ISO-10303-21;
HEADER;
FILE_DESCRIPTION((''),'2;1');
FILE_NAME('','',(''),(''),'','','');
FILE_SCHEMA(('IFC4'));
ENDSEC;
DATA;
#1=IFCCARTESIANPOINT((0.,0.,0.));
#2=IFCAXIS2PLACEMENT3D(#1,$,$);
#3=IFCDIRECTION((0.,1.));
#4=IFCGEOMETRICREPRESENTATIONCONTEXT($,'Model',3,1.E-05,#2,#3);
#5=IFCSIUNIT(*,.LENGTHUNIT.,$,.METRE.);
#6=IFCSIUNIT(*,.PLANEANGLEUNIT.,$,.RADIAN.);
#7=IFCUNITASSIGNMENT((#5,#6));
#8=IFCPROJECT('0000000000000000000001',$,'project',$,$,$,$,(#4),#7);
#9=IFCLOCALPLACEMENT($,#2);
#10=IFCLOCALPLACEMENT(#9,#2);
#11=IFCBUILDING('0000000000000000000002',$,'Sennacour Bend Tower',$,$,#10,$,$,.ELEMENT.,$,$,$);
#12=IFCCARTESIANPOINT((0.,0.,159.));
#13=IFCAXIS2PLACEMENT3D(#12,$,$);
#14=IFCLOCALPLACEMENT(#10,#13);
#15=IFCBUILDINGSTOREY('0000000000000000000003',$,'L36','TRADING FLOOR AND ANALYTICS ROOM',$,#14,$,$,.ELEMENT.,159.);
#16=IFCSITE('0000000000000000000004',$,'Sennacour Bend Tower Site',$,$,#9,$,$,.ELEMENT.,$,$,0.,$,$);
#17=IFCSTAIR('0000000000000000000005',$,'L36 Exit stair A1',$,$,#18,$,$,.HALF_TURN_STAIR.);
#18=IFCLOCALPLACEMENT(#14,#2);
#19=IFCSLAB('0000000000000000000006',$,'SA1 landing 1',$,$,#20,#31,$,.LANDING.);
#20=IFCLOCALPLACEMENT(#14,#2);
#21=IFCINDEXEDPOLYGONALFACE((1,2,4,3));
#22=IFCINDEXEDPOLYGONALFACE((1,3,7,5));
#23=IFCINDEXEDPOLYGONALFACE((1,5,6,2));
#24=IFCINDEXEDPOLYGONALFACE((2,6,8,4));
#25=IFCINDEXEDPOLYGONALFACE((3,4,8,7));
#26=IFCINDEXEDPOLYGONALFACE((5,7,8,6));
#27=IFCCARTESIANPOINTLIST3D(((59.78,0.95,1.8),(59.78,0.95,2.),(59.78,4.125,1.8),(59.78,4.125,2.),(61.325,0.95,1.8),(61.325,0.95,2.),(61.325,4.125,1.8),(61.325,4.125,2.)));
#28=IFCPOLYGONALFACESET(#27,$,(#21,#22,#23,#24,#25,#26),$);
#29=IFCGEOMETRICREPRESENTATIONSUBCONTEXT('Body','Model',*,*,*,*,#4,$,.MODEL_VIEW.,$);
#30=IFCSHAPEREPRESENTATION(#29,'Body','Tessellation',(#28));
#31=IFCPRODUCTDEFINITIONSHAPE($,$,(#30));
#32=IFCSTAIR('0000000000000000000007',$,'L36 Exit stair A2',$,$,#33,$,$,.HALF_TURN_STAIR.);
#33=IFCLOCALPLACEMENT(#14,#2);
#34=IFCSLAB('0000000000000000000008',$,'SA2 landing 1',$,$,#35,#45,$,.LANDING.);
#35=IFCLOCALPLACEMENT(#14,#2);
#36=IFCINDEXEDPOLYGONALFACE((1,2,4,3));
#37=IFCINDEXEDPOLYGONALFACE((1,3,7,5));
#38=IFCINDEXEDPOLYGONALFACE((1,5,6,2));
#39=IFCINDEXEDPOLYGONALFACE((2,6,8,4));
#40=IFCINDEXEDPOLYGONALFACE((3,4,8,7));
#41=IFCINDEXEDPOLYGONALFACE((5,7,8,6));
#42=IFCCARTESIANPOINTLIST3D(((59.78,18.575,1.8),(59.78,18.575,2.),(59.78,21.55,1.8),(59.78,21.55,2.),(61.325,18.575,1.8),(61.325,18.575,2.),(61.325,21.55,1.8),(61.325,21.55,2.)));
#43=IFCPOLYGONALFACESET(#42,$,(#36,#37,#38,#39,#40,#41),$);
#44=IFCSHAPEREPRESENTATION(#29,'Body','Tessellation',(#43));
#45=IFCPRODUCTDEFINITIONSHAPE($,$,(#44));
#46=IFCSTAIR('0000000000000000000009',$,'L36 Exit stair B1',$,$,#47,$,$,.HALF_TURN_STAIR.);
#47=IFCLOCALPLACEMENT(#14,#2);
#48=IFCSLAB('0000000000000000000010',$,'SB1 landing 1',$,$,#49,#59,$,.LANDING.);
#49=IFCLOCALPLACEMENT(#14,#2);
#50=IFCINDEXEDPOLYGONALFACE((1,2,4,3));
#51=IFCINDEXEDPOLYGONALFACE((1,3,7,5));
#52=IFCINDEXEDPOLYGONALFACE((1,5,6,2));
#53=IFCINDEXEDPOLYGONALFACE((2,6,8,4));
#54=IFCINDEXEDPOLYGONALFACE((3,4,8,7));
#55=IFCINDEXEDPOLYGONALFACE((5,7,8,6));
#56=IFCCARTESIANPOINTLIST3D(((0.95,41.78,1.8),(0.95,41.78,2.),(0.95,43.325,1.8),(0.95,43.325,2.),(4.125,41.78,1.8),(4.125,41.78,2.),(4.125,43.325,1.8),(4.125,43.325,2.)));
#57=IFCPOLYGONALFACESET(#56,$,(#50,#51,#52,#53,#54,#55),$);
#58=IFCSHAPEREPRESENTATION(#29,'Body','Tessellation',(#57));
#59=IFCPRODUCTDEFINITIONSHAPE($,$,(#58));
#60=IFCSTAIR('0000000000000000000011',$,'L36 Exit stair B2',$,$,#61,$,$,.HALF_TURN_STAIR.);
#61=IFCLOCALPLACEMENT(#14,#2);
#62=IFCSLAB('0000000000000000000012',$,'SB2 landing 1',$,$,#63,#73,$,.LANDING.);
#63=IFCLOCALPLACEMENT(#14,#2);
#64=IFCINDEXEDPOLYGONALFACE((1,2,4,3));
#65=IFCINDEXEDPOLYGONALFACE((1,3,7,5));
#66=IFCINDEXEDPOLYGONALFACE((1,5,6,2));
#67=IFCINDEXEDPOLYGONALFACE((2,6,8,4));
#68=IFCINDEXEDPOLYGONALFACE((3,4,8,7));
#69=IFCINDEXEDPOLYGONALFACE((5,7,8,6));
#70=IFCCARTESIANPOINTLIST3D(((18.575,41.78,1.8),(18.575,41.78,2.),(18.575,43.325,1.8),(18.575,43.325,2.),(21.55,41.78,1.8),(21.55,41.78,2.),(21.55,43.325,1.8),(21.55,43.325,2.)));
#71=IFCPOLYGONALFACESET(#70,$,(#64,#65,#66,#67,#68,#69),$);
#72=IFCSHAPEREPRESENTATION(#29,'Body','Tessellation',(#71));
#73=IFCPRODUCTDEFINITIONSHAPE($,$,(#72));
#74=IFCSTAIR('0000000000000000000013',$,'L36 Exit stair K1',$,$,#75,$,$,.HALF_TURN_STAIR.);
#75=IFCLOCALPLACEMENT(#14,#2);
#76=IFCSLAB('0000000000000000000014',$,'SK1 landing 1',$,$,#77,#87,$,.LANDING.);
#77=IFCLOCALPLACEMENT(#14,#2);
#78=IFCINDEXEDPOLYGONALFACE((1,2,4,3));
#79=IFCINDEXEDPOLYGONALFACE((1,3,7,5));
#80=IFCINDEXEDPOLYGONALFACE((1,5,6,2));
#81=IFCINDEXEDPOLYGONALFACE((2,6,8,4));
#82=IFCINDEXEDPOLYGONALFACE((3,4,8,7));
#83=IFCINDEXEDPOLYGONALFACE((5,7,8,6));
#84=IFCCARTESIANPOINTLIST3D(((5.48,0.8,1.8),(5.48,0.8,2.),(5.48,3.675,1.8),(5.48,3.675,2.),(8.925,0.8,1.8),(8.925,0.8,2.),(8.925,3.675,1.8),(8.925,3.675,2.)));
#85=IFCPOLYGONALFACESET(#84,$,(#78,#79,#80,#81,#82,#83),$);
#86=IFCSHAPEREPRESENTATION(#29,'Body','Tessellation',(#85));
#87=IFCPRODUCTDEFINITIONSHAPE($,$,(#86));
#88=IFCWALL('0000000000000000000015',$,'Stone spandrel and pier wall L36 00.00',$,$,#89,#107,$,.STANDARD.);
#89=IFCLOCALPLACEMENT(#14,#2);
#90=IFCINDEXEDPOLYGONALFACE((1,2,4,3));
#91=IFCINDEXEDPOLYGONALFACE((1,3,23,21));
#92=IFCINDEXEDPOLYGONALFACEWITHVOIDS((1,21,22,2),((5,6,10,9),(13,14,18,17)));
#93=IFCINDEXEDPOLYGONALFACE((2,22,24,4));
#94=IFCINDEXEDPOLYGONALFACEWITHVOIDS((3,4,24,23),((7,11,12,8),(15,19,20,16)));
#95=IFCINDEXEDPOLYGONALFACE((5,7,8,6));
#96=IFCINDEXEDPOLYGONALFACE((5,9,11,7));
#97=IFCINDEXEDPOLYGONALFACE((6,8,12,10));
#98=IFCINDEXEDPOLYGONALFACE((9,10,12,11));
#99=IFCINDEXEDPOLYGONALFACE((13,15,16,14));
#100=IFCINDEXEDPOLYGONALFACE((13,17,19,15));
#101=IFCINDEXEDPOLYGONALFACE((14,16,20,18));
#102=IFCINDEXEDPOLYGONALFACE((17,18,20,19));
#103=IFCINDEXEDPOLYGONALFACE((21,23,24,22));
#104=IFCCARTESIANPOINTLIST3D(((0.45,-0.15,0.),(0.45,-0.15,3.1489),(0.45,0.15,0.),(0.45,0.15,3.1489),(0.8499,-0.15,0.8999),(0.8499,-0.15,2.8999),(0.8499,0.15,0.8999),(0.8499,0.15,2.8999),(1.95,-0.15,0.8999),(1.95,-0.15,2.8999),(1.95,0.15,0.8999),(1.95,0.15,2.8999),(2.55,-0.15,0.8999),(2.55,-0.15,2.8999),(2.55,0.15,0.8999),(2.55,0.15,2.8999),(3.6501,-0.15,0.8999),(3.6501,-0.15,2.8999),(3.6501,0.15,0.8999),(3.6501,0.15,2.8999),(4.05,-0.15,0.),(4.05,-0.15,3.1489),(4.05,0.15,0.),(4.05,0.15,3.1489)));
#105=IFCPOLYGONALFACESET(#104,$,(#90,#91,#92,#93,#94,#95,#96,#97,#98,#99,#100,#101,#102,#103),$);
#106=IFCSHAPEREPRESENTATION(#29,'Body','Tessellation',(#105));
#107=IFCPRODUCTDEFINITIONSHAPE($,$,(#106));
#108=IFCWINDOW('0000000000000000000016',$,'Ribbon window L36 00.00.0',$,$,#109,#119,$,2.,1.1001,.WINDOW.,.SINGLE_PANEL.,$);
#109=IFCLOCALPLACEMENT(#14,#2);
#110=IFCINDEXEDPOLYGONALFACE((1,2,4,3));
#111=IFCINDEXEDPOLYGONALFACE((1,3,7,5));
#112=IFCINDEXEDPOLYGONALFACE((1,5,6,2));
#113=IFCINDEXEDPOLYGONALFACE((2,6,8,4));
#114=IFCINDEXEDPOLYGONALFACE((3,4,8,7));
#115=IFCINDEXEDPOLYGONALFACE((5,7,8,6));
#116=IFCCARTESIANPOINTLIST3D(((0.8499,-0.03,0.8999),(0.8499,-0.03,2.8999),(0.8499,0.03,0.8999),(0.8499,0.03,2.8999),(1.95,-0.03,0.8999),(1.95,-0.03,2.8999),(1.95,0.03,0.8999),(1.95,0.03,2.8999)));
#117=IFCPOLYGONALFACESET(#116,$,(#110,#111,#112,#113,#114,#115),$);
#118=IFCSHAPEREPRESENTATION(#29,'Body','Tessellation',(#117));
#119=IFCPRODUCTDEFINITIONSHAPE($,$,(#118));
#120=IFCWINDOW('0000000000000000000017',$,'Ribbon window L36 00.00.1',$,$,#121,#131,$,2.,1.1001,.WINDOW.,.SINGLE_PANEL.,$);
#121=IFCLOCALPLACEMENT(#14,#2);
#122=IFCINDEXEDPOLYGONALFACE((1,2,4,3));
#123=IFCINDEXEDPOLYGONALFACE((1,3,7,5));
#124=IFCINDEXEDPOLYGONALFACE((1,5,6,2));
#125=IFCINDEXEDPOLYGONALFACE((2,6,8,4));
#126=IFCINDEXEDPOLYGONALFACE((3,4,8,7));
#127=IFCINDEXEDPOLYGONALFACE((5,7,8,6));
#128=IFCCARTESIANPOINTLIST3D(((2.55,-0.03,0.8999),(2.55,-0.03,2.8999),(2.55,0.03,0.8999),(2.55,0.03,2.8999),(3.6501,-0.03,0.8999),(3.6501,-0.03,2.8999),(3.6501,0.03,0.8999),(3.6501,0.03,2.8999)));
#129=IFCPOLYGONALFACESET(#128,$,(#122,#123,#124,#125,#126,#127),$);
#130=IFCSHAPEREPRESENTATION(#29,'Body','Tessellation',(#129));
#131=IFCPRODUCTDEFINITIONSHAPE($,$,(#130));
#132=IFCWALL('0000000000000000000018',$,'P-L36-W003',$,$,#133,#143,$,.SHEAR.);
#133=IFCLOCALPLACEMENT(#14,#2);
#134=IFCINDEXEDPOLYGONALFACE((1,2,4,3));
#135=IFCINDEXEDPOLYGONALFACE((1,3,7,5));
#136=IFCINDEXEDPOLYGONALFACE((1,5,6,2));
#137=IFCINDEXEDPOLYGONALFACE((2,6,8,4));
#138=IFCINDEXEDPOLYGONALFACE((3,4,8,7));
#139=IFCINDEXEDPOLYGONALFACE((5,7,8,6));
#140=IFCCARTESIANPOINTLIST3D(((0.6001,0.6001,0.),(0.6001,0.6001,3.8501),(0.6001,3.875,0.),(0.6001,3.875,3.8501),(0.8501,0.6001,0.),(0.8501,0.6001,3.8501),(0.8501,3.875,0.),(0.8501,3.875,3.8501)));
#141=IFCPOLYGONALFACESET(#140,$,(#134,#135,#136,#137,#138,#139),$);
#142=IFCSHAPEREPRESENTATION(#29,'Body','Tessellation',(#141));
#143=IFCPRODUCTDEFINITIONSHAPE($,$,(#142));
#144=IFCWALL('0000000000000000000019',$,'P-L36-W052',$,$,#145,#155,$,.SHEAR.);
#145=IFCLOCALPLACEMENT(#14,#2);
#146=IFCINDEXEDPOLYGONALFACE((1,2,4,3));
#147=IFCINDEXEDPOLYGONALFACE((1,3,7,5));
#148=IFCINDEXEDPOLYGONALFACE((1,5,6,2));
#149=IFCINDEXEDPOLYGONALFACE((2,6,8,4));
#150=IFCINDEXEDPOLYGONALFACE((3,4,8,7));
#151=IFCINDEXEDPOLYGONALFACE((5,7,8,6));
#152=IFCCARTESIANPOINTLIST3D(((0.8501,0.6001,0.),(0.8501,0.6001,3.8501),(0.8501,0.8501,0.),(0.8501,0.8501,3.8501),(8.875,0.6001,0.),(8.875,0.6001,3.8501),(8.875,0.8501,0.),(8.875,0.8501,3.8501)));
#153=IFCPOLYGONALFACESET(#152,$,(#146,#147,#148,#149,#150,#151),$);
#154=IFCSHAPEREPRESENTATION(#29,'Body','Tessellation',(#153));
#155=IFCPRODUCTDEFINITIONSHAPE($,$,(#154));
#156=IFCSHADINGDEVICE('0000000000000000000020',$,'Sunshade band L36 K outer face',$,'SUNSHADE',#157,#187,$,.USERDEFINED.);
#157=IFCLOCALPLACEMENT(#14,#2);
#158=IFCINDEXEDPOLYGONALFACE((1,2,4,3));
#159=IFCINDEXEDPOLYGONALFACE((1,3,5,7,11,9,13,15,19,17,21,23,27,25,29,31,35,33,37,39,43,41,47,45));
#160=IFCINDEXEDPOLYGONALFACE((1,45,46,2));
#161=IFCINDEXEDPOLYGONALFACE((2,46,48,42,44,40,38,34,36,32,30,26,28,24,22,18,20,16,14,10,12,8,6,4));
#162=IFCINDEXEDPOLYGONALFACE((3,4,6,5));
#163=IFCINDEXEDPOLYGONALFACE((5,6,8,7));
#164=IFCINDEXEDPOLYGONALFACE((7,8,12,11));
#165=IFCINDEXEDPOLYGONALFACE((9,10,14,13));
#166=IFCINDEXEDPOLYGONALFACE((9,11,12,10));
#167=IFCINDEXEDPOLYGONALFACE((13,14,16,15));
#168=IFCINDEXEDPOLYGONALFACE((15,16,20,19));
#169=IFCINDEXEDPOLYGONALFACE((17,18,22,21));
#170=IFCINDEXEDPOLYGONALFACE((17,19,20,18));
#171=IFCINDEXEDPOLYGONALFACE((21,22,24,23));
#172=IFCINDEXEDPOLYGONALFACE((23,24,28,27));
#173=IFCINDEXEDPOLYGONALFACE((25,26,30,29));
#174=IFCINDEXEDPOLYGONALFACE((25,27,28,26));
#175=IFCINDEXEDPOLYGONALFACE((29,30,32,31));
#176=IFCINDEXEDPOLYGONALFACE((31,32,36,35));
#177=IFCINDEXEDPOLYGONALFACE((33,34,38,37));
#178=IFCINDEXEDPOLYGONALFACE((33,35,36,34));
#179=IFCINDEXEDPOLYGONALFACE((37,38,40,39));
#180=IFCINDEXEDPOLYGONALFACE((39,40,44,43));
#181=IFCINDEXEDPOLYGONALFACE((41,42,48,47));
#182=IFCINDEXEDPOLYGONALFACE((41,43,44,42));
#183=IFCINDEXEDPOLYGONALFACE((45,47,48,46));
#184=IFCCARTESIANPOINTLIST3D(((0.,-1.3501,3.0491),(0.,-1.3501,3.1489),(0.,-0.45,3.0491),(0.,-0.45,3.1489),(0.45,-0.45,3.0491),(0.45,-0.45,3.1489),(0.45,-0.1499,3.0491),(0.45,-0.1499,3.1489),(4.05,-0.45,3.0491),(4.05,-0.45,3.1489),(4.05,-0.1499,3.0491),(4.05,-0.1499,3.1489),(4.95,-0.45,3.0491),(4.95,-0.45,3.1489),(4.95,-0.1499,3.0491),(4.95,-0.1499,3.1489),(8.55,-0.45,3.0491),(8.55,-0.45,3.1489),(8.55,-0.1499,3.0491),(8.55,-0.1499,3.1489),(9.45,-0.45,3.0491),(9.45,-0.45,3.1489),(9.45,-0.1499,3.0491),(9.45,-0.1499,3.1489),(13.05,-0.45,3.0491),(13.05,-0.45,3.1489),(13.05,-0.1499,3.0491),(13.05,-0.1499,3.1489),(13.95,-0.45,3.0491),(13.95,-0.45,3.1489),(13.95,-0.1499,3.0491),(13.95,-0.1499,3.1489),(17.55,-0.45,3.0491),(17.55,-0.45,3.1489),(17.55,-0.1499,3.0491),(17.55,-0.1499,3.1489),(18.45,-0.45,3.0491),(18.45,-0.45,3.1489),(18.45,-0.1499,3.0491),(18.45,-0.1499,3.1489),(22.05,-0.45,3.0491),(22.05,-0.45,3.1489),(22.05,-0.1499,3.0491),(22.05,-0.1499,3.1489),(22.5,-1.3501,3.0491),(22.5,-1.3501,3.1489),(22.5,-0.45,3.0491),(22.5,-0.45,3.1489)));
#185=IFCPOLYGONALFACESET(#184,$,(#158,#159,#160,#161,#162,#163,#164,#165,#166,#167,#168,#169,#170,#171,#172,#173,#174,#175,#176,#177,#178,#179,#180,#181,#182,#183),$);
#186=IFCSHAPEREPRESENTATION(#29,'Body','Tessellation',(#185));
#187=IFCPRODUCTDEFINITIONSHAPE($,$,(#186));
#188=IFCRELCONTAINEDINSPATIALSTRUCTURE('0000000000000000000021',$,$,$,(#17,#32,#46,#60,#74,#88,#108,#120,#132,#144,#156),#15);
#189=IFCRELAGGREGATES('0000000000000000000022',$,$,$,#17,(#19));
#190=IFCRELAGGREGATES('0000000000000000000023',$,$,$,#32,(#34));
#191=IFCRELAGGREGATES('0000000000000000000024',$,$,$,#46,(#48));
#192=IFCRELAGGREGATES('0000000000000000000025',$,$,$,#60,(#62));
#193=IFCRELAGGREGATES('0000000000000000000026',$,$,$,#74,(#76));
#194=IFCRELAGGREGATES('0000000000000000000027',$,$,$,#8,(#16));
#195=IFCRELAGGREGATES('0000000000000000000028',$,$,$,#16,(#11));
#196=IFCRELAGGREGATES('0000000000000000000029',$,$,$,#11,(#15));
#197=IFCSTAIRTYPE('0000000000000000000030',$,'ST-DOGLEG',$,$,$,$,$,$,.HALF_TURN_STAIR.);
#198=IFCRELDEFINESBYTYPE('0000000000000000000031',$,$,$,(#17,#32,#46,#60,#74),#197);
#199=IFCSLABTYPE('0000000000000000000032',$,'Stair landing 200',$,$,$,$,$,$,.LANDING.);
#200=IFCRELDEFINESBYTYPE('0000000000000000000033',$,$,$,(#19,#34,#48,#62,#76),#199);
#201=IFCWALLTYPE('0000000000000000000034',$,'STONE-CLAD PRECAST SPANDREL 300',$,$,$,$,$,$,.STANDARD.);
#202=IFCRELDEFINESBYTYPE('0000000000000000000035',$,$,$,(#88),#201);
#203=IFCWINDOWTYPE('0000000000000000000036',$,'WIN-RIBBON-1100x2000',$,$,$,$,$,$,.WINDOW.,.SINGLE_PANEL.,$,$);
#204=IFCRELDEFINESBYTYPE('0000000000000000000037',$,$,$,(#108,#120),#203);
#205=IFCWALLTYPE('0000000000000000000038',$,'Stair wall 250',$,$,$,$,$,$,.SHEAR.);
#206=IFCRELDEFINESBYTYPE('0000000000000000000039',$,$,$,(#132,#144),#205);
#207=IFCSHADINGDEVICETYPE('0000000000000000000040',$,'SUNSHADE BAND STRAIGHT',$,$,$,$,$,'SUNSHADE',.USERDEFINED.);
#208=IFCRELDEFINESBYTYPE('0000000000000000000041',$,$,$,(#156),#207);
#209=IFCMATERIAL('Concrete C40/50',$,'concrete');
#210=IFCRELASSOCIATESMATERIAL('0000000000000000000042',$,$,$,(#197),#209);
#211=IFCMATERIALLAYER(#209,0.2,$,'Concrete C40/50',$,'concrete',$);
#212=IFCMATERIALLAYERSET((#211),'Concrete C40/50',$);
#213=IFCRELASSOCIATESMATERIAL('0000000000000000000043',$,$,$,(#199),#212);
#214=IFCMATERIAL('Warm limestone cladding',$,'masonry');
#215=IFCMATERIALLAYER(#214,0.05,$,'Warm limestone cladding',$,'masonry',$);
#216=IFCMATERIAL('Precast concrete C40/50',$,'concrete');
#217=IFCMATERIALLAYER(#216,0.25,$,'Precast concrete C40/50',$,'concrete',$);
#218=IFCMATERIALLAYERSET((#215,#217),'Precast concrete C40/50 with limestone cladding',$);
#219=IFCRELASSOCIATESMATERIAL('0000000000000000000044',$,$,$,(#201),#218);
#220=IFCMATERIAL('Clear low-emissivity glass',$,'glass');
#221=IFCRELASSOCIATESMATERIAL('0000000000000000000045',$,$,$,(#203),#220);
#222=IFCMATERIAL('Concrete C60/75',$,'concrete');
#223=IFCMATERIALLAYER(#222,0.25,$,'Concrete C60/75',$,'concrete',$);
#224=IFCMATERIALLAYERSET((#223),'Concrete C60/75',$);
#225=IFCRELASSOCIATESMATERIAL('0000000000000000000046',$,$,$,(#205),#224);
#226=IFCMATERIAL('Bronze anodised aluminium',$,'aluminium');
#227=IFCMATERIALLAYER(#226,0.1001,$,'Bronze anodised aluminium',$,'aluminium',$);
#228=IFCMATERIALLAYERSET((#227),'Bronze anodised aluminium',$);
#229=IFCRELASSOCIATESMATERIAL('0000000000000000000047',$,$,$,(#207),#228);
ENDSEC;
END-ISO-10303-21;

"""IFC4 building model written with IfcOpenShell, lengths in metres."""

from ifc_helpers import new_model, si_unit, direction, frame, frame_2d, origin, place, context, subcontext, project, spatial, polyline, rectangle, outline, extrude, material, layer, layer_set, type_object, element, fill, aggregate, save


model = new_model("IFC4")

# Units and contexts
model_context = context("Model", 3, precision=1e-05, world=origin(), true_north=direction((0.0, 1.0)))
body_context = subcontext(model_context, "Body", "Model", "MODEL_VIEW")
ifc_project = project(units=[si_unit("LENGTHUNIT", "METRE"), si_unit("PLANEANGLEUNIT", "RADIAN")], contexts=[model_context])

# Site, building, storey
site_placement = place(None, origin())
site = spatial("IfcSite", under=ifc_project, at=site_placement, Name="Sennacour Bend Tower Site", CompositionType="ELEMENT", RefElevation=0.0)
building_placement = place(site_placement, origin())
building = spatial("IfcBuilding", under=site, at=building_placement, Name="Sennacour Bend Tower", CompositionType="ELEMENT")
storey_placement = place(building_placement, frame((0.0, 0.0, 159.0)))
storey = spatial("IfcBuildingStorey", under=building, at=storey_placement, Name="L36", Description="TRADING FLOOR AND ANALYTICS ROOM", CompositionType="ELEMENT", Elevation=159.0)

# Shared definitions
ifc_material_1 = material(Name="Concrete C40/50", Category="concrete")

# Stairs, slabs
stair_type = type_object("IfcStairType", Name="ST-DOGLEG", PredefinedType="HALF_TURN_STAIR", material=ifc_material_1)
stair_1_placement = place(storey_placement, origin())
stair_1 = element("IfcStair", 1, at=stair_1_placement, inside=storey, type_object=stair_type, Name="L36 Exit stair A1", PredefinedType="HALF_TURN_STAIR")
ifc_layer_1 = layer(ifc_material_1, 0.2, Name="Concrete C40/50", Category="concrete")
ifc_layer_set_1 = layer_set([ifc_layer_1], Name="Concrete C40/50")
slab_type_1 = type_object("IfcSlabType", Name="Stair landing 200", PredefinedType="LANDING", material=ifc_layer_set_1)
slab_1_placement = place(storey_placement, frame((0.0, 0.0, 1.8)))
slab_1 = element("IfcSlab", 2, at=slab_1_placement, type_object=slab_type_1, Name="SA1 landing 1", PredefinedType="LANDING", context=body_context, shape_type="SweptSolid", body=[
    extrude(outline(polyline([(59.78, 0.95), (61.325, 0.95), (61.325, 4.125), (59.78, 4.125), (59.78, 0.95)])), origin(), (0.0, 0.0, 1.0), 0.2),
])
aggregate(stair_1, [slab_1])
stair_2_placement = place(storey_placement, origin())
stair_2 = element("IfcStair", 3, at=stair_2_placement, inside=storey, type_object=stair_type, Name="L36 Exit stair A2", PredefinedType="HALF_TURN_STAIR")
slab_2_placement = place(storey_placement, frame((0.0, 0.0, 1.8)))
slab_2 = element("IfcSlab", 4, at=slab_2_placement, type_object=slab_type_1, Name="SA2 landing 1", PredefinedType="LANDING", context=body_context, shape_type="SweptSolid", body=[
    extrude(outline(polyline([(59.78, 18.575), (61.325, 18.575), (61.325, 21.55), (59.78, 21.55), (59.78, 18.575)])), origin(), (0.0, 0.0, 1.0), 0.2),
])
aggregate(stair_2, [slab_2])
stair_3_placement = place(storey_placement, origin())
stair_3 = element("IfcStair", 5, at=stair_3_placement, inside=storey, type_object=stair_type, Name="L36 Exit stair B1", PredefinedType="HALF_TURN_STAIR")
slab_3_placement = place(storey_placement, frame((0.0, 0.0, 1.8)))
slab_3 = element("IfcSlab", 6, at=slab_3_placement, type_object=slab_type_1, Name="SB1 landing 1", PredefinedType="LANDING", context=body_context, shape_type="SweptSolid", body=[
    extrude(outline(polyline([(0.95, 41.78), (4.125, 41.78), (4.125, 43.325), (0.95, 43.325), (0.95, 41.78)])), origin(), (0.0, 0.0, 1.0), 0.2),
])
aggregate(stair_3, [slab_3])
stair_4_placement = place(storey_placement, origin())
stair_4 = element("IfcStair", 7, at=stair_4_placement, inside=storey, type_object=stair_type, Name="L36 Exit stair B2", PredefinedType="HALF_TURN_STAIR")
slab_4_placement = place(storey_placement, frame((0.0, 0.0, 1.8)))
slab_4 = element("IfcSlab", 8, at=slab_4_placement, type_object=slab_type_1, Name="SB2 landing 1", PredefinedType="LANDING", context=body_context, shape_type="SweptSolid", body=[
    extrude(outline(polyline([(18.575, 41.78), (21.55, 41.78), (21.55, 43.325), (18.575, 43.325), (18.575, 41.78)])), origin(), (0.0, 0.0, 1.0), 0.2),
])
aggregate(stair_4, [slab_4])
stair_5_placement = place(storey_placement, origin())
stair_5 = element("IfcStair", 9, at=stair_5_placement, inside=storey, type_object=stair_type, Name="L36 Exit stair K1", PredefinedType="HALF_TURN_STAIR")
slab_5_placement = place(storey_placement, frame((0.0, 0.0, 1.8)))
slab_5 = element("IfcSlab", 10, at=slab_5_placement, type_object=slab_type_1, Name="SK1 landing 1", PredefinedType="LANDING", context=body_context, shape_type="SweptSolid", body=[
    extrude(outline(polyline([(5.48, 0.8), (8.925, 0.8), (8.925, 3.675), (5.48, 3.675), (5.48, 0.8)])), origin(), (0.0, 0.0, 1.0), 0.2),
])
aggregate(stair_5, [slab_5])

# Wall, openings, windows
ifc_material_2 = material(Name="Warm limestone cladding", Category="masonry")
ifc_layer_2 = layer(ifc_material_2, 0.05, Name="Warm limestone cladding", Category="masonry")
ifc_material_3 = material(Name="Precast concrete C40/50", Category="concrete")
ifc_layer_3 = layer(ifc_material_3, 0.25, Name="Precast concrete C40/50", Category="concrete")
ifc_layer_set_2 = layer_set([ifc_layer_2, ifc_layer_3], Name="Precast concrete C40/50 with limestone cladding")
wall_type_1 = type_object("IfcWallType", Name="STONE-CLAD PRECAST SPANDREL 300", PredefinedType="STANDARD", material=ifc_layer_set_2)
wall_1_placement = place(storey_placement, frame((0.45, 0.0, 0.0), z_axis=(0.0, 0.0, 1.0), x_axis=(1.0, 0.0, 0.0)))
wall_1 = element("IfcWall", 11, at=wall_1_placement, inside=storey, type_object=wall_type_1, Name="Stone spandrel and pier wall L36 00.00", PredefinedType="STANDARD", context=body_context, shape_type="SweptSolid", body=[
    extrude(rectangle(XDim=3.6001, YDim=0.3, at=frame_2d((1.8, 0.0))), origin(), (0.0, 0.0, 1.0), 3.1489),
])
opening_1_placement = place(wall_1_placement, frame((0.3999, 0.0, 0.8999)))
opening_1 = element("IfcOpeningElement", 12, at=opening_1_placement, cuts=wall_1, PredefinedType="OPENING", context=body_context, shape_type="SweptSolid", body=[
    extrude(rectangle(XDim=1.1001, YDim=2.0, at=frame_2d((0.55, 1.0))), frame((0.0, 0.1602, 0.0), z_axis=(0.0, -1.0, 0.0), x_axis=(1.0, 0.0, 0.0)), (0.0, 0.0, 1.0), 0.3201),
])
opening_2_placement = place(wall_1_placement, frame((2.1001, 0.0, 0.8999)))
opening_2 = element("IfcOpeningElement", 13, at=opening_2_placement, cuts=wall_1, PredefinedType="OPENING", context=body_context, shape_type="SweptSolid", body=[
    extrude(rectangle(XDim=1.1001, YDim=2.0, at=frame_2d((0.55, 1.0))), frame((0.0, 0.1602, 0.0), z_axis=(0.0, -1.0, 0.0), x_axis=(1.0, 0.0, 0.0)), (0.0, 0.0, 1.0), 0.3201),
])
ifc_material_4 = material(Name="Clear low-emissivity glass", Category="glass")
window_type = type_object("IfcWindowType", Name="WIN-RIBBON-1100x2000", PartitioningType="SINGLE_PANEL", PredefinedType="WINDOW", material=ifc_material_4)
window_1_placement = place(opening_1_placement, origin())
window_1 = element("IfcWindow", 14, at=window_1_placement, inside=storey, type_object=window_type, Name="Ribbon window L36 00.00.0", OverallHeight=2.0, OverallWidth=1.1001, PartitioningType="SINGLE_PANEL", PredefinedType="WINDOW", context=body_context, shape_type="SweptSolid", body=[
    extrude(rectangle(XDim=1.1001, YDim=2.0, at=frame_2d((0.55, 1.0))), frame((0.0, 0.03, 0.0), z_axis=(0.0, -1.0, 0.0), x_axis=(1.0, 0.0, 0.0)), (0.0, 0.0, 1.0), 0.0601),
])
fill(opening_1, window_1)
window_2_placement = place(opening_2_placement, origin())
window_2 = element("IfcWindow", 15, at=window_2_placement, inside=storey, type_object=window_type, Name="Ribbon window L36 00.00.1", OverallHeight=2.0, OverallWidth=1.1001, PartitioningType="SINGLE_PANEL", PredefinedType="WINDOW", context=body_context, shape_type="SweptSolid", body=[
    extrude(rectangle(XDim=1.1001, YDim=2.0, at=frame_2d((0.55, 1.0))), frame((0.0, 0.03, 0.0), z_axis=(0.0, -1.0, 0.0), x_axis=(1.0, 0.0, 0.0)), (0.0, 0.0, 1.0), 0.0601),
])
fill(opening_2, window_2)

# Walls
ifc_material_5 = material(Name="Concrete C60/75", Category="concrete")
ifc_layer_4 = layer(ifc_material_5, 0.25, Name="Concrete C60/75", Category="concrete")
ifc_layer_set_3 = layer_set([ifc_layer_4], Name="Concrete C60/75")
wall_type_2 = type_object("IfcWallType", Name="Stair wall 250", PredefinedType="SHEAR", material=ifc_layer_set_3)
wall_2_placement = place(storey_placement, frame((0.7251, 0.6001, 0.0), z_axis=(0.0, 0.0, 1.0), x_axis=(0.0, 1.0, 0.0)))
element("IfcWall", 16, at=wall_2_placement, inside=storey, type_object=wall_type_2, Name="P-L36-W003", PredefinedType="SHEAR", context=body_context, shape_type="SweptSolid", body=[
    extrude(rectangle(XDim=3.2749, YDim=0.25, at=frame_2d((1.6375, 0.0))), origin(), (0.0, 0.0, 1.0), 3.8501),
])
wall_3_placement = place(storey_placement, frame((0.8501, 0.7251, 0.0), z_axis=(0.0, 0.0, 1.0), x_axis=(1.0, 0.0, 0.0)))
element("IfcWall", 17, at=wall_3_placement, inside=storey, type_object=wall_type_2, Name="P-L36-W052", PredefinedType="SHEAR", context=body_context, shape_type="SweptSolid", body=[
    extrude(rectangle(XDim=8.0249, YDim=0.25, at=frame_2d((4.0125, 0.0))), origin(), (0.0, 0.0, 1.0), 3.8501),
])

# Shading device
ifc_material_6 = material(Name="Bronze anodised aluminium", Category="aluminium")
ifc_layer_5 = layer(ifc_material_6, 0.1001, Name="Bronze anodised aluminium", Category="aluminium")
ifc_layer_set_4 = layer_set([ifc_layer_5], Name="Bronze anodised aluminium")
shading_device_type_1 = type_object("IfcShadingDeviceType", Name="SUNSHADE BAND STRAIGHT", ElementType="SUNSHADE", PredefinedType="USERDEFINED", material=ifc_layer_set_4)
shading_device_1_placement = place(storey_placement, frame((0.0, 0.0, 3.0491)))
element("IfcShadingDevice", 18, at=shading_device_1_placement, inside=storey, type_object=shading_device_type_1, Name="Sunshade band L36 K outer face", ObjectType="SUNSHADE", PredefinedType="USERDEFINED", context=body_context, shape_type="SweptSolid", body=[
    extrude(outline(polyline([(4.05, -0.1499), (4.05, -0.45), (4.95, -0.45), (4.95, -0.1499), (8.55, -0.1499), (8.55, -0.45), (9.45, -0.45), (9.45, -0.1499), (13.05, -0.1499), (13.05, -0.45), (13.95, -0.45), (13.95, -0.1499), (17.55, -0.1499), (17.55, -0.45), (18.45, -0.45), (18.45, -0.1499), (22.05, -0.1499), (22.05, -0.45), (22.5, -0.45), (22.5, -1.3501), (0.0, -1.3501), (0.0, -0.45), (0.45, -0.45), (0.45, -0.1499), (4.05, -0.1499)])), origin(), (0.0, 0.0, 1.0), 0.0999),
])

save(model, "model.ifc")
